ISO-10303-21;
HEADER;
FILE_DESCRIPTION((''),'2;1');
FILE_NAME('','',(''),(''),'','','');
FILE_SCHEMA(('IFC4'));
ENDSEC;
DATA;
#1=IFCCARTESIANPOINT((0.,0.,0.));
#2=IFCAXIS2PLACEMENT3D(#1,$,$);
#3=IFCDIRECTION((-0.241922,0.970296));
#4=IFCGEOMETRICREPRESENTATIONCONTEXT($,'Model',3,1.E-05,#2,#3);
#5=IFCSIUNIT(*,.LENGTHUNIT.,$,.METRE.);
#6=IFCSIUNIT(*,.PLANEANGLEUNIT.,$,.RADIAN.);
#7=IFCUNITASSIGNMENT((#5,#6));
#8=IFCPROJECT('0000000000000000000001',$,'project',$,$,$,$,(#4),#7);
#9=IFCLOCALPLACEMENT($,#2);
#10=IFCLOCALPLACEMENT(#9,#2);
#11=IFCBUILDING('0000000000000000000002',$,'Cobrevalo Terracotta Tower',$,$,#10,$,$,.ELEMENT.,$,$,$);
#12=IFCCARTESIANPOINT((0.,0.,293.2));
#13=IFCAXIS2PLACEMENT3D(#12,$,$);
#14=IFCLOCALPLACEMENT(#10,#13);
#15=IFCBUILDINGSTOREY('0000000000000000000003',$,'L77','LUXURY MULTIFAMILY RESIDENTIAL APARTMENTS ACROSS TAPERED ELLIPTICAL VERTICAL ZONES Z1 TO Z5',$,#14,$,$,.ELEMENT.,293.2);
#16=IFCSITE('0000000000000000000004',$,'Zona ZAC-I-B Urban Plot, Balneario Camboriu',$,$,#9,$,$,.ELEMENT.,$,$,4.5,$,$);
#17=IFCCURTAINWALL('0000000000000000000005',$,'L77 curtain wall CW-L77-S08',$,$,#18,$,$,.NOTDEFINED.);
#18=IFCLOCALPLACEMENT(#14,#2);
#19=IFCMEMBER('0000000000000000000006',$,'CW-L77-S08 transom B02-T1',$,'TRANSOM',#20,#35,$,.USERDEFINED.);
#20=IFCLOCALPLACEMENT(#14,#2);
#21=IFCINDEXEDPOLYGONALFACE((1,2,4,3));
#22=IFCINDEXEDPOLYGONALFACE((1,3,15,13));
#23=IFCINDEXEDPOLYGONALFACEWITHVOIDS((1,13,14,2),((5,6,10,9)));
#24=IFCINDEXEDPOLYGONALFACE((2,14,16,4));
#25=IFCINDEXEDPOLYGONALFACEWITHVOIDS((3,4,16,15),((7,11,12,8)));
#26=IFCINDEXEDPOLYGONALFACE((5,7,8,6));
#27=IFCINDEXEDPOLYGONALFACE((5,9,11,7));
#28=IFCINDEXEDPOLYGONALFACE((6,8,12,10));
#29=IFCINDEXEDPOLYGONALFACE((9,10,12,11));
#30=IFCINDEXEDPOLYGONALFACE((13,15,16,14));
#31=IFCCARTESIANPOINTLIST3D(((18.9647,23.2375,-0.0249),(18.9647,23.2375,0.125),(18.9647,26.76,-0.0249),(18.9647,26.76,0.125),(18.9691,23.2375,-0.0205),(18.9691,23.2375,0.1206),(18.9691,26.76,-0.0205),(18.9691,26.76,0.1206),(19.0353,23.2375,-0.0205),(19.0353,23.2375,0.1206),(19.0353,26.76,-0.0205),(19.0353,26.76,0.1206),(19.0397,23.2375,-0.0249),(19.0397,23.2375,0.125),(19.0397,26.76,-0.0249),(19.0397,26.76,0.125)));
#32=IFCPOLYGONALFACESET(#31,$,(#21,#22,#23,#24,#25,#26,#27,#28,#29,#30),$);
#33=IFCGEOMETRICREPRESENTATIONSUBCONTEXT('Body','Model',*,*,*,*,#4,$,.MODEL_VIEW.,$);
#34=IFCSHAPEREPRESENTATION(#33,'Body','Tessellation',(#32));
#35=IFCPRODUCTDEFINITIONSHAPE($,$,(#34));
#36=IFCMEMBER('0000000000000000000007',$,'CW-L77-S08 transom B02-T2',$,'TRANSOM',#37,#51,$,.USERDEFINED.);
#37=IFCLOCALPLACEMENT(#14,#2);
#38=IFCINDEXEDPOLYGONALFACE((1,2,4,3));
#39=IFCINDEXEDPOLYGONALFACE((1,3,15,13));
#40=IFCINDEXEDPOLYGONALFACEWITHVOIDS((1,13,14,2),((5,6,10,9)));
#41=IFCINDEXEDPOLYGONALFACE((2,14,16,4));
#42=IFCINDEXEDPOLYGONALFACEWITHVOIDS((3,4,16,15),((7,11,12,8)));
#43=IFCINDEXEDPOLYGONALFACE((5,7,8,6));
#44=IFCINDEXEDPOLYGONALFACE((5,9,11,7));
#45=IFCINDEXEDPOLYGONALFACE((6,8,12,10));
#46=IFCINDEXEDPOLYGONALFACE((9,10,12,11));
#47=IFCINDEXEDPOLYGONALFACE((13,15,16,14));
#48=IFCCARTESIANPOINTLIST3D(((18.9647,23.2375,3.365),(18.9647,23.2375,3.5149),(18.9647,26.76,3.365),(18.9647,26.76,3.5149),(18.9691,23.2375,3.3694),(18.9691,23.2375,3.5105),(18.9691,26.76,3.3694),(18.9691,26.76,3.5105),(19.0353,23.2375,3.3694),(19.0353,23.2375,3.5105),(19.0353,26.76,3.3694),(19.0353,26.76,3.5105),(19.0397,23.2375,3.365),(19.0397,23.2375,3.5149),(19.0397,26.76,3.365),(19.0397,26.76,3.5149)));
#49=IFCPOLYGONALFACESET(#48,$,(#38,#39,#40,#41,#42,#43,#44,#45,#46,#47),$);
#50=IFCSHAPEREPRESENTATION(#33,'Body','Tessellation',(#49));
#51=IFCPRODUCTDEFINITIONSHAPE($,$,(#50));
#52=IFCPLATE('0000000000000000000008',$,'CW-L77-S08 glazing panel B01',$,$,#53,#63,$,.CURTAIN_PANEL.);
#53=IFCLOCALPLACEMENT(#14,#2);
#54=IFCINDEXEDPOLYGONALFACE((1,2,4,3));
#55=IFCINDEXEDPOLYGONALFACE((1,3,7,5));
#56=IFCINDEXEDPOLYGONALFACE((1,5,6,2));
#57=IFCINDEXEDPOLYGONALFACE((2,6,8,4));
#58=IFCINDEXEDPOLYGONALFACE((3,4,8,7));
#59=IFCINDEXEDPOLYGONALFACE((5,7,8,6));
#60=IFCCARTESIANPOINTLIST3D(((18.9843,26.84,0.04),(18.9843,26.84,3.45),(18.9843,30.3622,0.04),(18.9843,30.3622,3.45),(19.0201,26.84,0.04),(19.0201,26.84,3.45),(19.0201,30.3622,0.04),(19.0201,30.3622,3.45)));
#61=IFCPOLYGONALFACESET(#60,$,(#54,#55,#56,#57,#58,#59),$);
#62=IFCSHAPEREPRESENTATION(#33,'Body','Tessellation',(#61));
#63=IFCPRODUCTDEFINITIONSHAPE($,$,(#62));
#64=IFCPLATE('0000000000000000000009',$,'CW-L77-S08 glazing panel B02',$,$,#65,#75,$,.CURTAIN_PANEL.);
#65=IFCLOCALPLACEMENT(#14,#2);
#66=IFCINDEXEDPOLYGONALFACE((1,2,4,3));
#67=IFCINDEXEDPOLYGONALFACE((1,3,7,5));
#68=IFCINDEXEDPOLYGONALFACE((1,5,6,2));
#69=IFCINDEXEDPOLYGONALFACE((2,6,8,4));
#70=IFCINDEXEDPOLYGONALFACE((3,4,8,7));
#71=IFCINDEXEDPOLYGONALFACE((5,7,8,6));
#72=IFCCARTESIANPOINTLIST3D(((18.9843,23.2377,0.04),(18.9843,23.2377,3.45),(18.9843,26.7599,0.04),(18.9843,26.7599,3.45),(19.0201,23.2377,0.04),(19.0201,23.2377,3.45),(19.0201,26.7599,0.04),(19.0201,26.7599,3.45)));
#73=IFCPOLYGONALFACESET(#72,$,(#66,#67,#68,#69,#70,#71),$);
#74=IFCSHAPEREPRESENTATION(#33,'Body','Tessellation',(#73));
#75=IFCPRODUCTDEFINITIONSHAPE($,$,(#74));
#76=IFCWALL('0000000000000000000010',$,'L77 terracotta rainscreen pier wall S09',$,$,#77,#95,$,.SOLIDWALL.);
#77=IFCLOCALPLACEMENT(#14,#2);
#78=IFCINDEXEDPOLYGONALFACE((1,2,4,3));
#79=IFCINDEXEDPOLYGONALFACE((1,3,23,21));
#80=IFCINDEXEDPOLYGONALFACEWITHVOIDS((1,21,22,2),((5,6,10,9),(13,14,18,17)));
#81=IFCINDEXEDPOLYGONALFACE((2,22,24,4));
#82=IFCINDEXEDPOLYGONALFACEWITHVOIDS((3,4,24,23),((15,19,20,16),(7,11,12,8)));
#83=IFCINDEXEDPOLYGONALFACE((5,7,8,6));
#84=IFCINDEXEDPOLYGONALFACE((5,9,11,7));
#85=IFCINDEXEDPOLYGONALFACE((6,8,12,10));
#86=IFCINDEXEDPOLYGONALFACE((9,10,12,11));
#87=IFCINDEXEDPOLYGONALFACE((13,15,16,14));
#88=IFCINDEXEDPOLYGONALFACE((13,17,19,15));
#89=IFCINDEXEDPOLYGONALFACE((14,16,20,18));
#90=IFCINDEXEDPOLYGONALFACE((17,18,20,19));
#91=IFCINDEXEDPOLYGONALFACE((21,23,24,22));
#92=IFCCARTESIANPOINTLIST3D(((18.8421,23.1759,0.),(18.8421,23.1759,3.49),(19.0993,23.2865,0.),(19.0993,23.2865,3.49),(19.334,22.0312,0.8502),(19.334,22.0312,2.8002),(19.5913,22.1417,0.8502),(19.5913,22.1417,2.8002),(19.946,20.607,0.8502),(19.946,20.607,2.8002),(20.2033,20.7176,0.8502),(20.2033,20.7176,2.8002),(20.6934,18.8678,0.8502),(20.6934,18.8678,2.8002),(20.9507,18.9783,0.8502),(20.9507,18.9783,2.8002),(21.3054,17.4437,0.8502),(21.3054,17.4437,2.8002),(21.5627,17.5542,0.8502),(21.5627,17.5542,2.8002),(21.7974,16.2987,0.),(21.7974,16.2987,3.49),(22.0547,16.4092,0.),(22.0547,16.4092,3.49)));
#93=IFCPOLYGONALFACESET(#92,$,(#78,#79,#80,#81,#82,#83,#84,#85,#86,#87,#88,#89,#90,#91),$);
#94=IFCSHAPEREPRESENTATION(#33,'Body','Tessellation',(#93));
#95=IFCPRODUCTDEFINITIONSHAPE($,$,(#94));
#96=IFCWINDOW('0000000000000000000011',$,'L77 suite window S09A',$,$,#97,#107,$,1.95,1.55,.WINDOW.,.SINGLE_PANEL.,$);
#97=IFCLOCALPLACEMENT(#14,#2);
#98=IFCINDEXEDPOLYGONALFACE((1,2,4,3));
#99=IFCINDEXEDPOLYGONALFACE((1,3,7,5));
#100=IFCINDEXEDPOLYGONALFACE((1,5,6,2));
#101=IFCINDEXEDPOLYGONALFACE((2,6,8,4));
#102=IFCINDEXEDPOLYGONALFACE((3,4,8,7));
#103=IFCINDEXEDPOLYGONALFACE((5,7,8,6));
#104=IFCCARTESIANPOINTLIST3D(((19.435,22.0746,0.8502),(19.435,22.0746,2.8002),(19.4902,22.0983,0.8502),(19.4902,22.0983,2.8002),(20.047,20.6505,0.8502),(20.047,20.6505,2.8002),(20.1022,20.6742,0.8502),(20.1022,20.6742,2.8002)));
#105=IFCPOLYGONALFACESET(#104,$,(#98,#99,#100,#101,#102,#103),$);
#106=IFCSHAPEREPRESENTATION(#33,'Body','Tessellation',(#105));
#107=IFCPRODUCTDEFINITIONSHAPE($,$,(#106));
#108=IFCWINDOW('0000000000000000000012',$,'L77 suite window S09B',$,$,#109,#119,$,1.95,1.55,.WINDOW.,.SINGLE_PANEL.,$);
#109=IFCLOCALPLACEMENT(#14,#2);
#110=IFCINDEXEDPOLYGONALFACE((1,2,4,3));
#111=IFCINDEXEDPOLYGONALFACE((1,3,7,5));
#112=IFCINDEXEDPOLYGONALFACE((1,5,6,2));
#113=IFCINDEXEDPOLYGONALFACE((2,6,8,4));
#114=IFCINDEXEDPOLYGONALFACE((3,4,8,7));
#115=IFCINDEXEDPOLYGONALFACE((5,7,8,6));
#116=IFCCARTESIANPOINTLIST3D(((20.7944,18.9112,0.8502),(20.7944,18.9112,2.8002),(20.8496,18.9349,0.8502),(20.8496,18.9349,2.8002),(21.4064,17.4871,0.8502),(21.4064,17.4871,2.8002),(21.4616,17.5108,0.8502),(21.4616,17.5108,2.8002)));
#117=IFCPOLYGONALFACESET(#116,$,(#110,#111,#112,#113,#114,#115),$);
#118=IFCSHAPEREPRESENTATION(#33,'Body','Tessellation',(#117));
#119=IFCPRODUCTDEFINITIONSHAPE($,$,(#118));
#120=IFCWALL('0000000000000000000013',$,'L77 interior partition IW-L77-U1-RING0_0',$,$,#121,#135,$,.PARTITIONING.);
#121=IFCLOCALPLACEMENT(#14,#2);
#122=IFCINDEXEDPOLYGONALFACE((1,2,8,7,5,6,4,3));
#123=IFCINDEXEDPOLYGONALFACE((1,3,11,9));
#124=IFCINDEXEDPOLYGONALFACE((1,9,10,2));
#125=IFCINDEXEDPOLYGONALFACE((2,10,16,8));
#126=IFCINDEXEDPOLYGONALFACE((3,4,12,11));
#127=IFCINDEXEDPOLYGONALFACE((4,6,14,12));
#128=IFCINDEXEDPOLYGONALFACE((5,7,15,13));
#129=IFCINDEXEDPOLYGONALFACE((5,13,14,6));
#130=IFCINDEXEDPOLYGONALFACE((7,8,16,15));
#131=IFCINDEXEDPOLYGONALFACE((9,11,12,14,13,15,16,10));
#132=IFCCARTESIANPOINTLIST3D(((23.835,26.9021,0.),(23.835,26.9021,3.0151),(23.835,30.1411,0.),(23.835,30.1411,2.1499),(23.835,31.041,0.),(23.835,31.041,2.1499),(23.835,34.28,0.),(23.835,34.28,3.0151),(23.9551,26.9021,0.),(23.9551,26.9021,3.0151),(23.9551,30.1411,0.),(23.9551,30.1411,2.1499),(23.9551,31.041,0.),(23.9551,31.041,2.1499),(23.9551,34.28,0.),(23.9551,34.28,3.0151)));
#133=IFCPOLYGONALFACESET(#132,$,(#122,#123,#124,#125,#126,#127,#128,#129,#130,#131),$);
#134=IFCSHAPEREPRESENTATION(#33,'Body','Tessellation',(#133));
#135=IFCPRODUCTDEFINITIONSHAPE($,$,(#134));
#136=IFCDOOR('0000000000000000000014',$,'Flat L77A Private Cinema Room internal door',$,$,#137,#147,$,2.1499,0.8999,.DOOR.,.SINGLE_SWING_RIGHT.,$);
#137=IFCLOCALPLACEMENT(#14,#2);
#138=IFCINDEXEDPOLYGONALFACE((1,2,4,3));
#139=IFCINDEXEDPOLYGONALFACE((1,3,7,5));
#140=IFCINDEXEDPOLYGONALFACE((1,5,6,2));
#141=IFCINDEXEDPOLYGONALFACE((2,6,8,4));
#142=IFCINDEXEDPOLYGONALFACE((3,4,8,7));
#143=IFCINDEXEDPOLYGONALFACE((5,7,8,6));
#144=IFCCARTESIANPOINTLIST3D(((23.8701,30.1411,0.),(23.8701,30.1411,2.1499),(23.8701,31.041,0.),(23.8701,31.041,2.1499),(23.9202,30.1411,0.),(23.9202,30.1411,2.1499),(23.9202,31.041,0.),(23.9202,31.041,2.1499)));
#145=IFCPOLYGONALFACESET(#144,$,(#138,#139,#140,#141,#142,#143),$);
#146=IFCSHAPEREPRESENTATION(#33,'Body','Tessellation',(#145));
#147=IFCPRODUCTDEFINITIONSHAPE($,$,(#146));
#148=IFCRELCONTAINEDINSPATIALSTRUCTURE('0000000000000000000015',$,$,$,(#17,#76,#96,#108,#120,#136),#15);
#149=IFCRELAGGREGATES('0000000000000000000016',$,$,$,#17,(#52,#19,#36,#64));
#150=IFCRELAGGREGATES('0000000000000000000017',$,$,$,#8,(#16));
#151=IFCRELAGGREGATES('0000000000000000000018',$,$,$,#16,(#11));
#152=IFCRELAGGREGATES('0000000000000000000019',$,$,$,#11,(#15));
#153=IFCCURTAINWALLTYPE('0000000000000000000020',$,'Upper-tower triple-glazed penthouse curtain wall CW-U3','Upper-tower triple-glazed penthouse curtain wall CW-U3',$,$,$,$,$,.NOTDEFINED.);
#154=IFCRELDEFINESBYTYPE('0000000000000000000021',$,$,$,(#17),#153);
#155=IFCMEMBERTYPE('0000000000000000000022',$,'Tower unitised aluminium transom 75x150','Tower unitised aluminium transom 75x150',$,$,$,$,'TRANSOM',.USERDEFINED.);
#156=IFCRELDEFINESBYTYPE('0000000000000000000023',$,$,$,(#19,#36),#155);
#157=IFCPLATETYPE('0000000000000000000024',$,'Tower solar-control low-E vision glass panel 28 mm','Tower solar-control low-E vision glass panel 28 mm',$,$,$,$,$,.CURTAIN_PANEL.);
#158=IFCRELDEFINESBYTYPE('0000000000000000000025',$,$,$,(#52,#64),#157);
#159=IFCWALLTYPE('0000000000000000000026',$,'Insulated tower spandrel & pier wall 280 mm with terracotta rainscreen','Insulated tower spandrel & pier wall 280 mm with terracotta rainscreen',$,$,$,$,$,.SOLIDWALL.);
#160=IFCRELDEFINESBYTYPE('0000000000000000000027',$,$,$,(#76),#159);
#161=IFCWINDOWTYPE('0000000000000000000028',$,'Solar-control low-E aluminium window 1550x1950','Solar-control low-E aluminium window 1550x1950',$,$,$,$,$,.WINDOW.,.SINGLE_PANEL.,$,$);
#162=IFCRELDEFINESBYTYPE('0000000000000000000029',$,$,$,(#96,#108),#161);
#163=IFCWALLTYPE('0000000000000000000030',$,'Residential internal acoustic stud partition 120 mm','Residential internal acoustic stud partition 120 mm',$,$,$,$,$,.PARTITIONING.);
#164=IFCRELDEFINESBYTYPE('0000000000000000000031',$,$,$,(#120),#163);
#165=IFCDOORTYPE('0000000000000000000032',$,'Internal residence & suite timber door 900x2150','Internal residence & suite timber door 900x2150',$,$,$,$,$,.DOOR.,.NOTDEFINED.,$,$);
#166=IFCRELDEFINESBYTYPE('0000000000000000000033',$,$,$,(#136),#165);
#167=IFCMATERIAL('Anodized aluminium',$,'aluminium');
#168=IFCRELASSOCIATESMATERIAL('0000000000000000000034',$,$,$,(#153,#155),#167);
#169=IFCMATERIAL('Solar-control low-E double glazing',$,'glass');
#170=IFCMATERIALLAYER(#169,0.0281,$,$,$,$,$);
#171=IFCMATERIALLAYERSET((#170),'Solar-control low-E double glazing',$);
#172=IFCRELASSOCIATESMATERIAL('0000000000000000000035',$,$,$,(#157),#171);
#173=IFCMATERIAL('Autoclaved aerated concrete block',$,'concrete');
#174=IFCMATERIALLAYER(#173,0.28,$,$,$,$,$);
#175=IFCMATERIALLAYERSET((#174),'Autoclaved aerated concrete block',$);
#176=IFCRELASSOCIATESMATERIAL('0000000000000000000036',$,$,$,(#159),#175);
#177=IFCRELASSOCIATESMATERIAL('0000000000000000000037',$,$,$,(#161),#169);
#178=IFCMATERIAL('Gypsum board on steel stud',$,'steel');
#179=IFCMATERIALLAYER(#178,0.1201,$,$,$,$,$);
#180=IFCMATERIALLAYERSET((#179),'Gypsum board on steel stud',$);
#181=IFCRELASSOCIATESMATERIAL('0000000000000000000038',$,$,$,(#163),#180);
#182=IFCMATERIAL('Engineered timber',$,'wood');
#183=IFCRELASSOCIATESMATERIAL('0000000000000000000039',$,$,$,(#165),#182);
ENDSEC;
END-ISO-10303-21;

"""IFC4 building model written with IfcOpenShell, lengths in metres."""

from ifc_helpers import new_model, si_unit, direction, frame, frame_2d, origin, origin_2d, place, context, subcontext, project, spatial, rectangle, hollow_rectangle, extrude, source, transform, mapped, material, layer, layer_set, material_profile, profile_set, type_object, element, fill, aggregate, save


model = new_model("IFC4")

# Units and contexts
model_context = context("Model", 3, precision=1e-05, world=origin(), true_north=direction((-0.241922, 0.970296)))
body_context = subcontext(model_context, "Body", "Model", "MODEL_VIEW")
ifc_project = project(units=[si_unit("LENGTHUNIT", "METRE"), si_unit("PLANEANGLEUNIT", "RADIAN")], contexts=[model_context])

# Site, building, storey
site_placement = place(None, origin())
site = spatial("IfcSite", under=ifc_project, at=site_placement, Name="Zona ZAC-I-B Urban Plot, Balneario Camboriu", CompositionType="ELEMENT", RefElevation=4.5)
building_placement = place(site_placement, origin())
building = spatial("IfcBuilding", under=site, at=building_placement, Name="Cobrevalo Terracotta Tower", CompositionType="ELEMENT")
storey_placement = place(building_placement, frame((0.0, 0.0, 293.2)))
storey = spatial("IfcBuildingStorey", under=building, at=storey_placement, Name="L77", Description="LUXURY MULTIFAMILY RESIDENTIAL APARTMENTS ACROSS TAPERED ELLIPTICAL VERTICAL ZONES Z1 TO Z5", CompositionType="ELEMENT", Elevation=293.2)

# Shared definitions
ifc_material_1 = material(Name="Anodized aluminium", Category="aluminium")
curtain_wall_type = type_object("IfcCurtainWallType", Name="Upper-tower triple-glazed penthouse curtain wall CW-U3", Description="Upper-tower triple-glazed penthouse curtain wall CW-U3", PredefinedType="NOTDEFINED", material=ifc_material_1)

# Curtain wall, members, plates
curtain_wall_1_placement = place(storey_placement, origin())
curtain_wall_1 = element("IfcCurtainWall", 1, at=curtain_wall_1_placement, inside=storey, type_object=curtain_wall_type, Name="L77 curtain wall CW-L77-S08", PredefinedType="NOTDEFINED")
ifc_material_profile_1 = material_profile(ifc_material_1, hollow_rectangle(XDim=0.075, YDim=0.1499, WallThickness=0.0044, at=origin_2d()), Name="CWT 75x150")
ifc_profile_set_1 = profile_set([ifc_material_profile_1], Name="Anodized aluminium")
member_type_1 = type_object("IfcMemberType", Name="Tower unitised aluminium transom 75x150", Description="Tower unitised aluminium transom 75x150", ElementType="TRANSOM", PredefinedType="USERDEFINED", material=ifc_profile_set_1)
shared_shape_1 = source(origin(), body_context, "Body", "SweptSolid", [
    extrude(hollow_rectangle(XDim=0.075, YDim=0.1499, WallThickness=0.0044, at=origin_2d()), origin(), (0.0, 0.0, 1.0), 3.5225),
])
member_1_placement = place(storey_placement, frame((19.0022, 26.76, 0.05), z_axis=(0.0, -1.0, 0.0), x_axis=(1.0, 0.0, 0.0)))
member_1 = element("IfcMember", 2, at=member_1_placement, type_object=member_type_1, Name="CW-L77-S08 transom B02-T1", ObjectType="TRANSOM", PredefinedType="USERDEFINED", context=body_context, shape_type="MappedRepresentation", body=[
    mapped(shared_shape_1, transform((0.0, 0.0, 0.0), scale=1.0)),
])
member_2_placement = place(storey_placement, frame((19.0022, 26.76, 3.4399), z_axis=(0.0, -1.0, 0.0), x_axis=(1.0, 0.0, 0.0)))
member_2 = element("IfcMember", 3, at=member_2_placement, type_object=member_type_1, Name="CW-L77-S08 transom B02-T2", ObjectType="TRANSOM", PredefinedType="USERDEFINED", context=body_context, shape_type="MappedRepresentation", body=[
    mapped(shared_shape_1, transform((0.0, 0.0, 0.0), scale=1.0)),
])
ifc_material_2 = material(Name="Solar-control low-E double glazing", Category="glass")
ifc_layer_1 = layer(ifc_material_2, 0.0281)
ifc_layer_set_1 = layer_set([ifc_layer_1], Name="Solar-control low-E double glazing")
plate_type = type_object("IfcPlateType", Name="Tower solar-control low-E vision glass panel 28 mm", Description="Tower solar-control low-E vision glass panel 28 mm", PredefinedType="CURTAIN_PANEL", material=ifc_layer_set_1)
shared_shape_2 = source(origin(), body_context, "Body", "SweptSolid", [
    extrude(rectangle(XDim=3.5222, YDim=0.0359, at=origin_2d()), origin(), (0.0, 0.0, 1.0), 3.4099),
])
plate_1_placement = place(storey_placement, frame((19.0022, 28.6011, 0.04), z_axis=(0.0, 0.0, 1.0), x_axis=(0.0, -1.0, 0.0)))
plate_1 = element("IfcPlate", 4, at=plate_1_placement, type_object=plate_type, Name="CW-L77-S08 glazing panel B01", PredefinedType="CURTAIN_PANEL", context=body_context, shape_type="MappedRepresentation", body=[
    mapped(shared_shape_2, transform((0.0, 0.0, 0.0), scale=1.0)),
])
plate_2_placement = place(storey_placement, frame((19.0022, 24.9988, 0.04), z_axis=(0.0, 0.0, 1.0), x_axis=(0.0, -1.0, 0.0)))
plate_2 = element("IfcPlate", 5, at=plate_2_placement, type_object=plate_type, Name="CW-L77-S08 glazing panel B02", PredefinedType="CURTAIN_PANEL", context=body_context, shape_type="MappedRepresentation", body=[
    mapped(shared_shape_2, transform((0.0, 0.0, 0.0), scale=1.0)),
])
aggregate(curtain_wall_1, [plate_1, member_1, member_2, plate_2])

# Wall, openings, windows
ifc_material_3 = material(Name="Autoclaved aerated concrete block", Category="concrete")
ifc_layer_2 = layer(ifc_material_3, 0.28)
ifc_layer_set_2 = layer_set([ifc_layer_2], Name="Autoclaved aerated concrete block")
wall_type_1 = type_object("IfcWallType", Name="Insulated tower spandrel & pier wall 280 mm with terracotta rainscreen", Description="Insulated tower spandrel & pier wall 280 mm with terracotta rainscreen", PredefinedType="SOLIDWALL", material=ifc_layer_set_2)
wall_1_placement = place(storey_placement, frame((18.9707, 23.2312, 0.0), z_axis=(0.0, 0.0, 1.0), x_axis=(0.394817, -0.91876, 0.0)))
wall_1 = element("IfcWall", 6, at=wall_1_placement, inside=storey, type_object=wall_type_1, Name="L77 terracotta rainscreen pier wall S09", PredefinedType="SOLIDWALL", context=body_context, shape_type="SweptSolid", body=[
    extrude(rectangle(XDim=7.4854, YDim=0.28, at=frame_2d((3.7427, 0.0))), origin(), (0.0, 0.0, 1.0), 3.49),
])
opening_1_placement = place(wall_1_placement, frame((1.2461, 0.0, 0.8501)))
opening_1 = element("IfcOpeningElement", 7, at=opening_1_placement, cuts=wall_1, PredefinedType="OPENING", context=body_context, shape_type="SweptSolid", body=[
    extrude(rectangle(XDim=1.55, YDim=1.95, at=frame_2d((0.7749, 0.9751))), frame((0.0, 0.1499, 0.0), z_axis=(0.0, -1.0, 0.0), x_axis=(1.0, 0.0, 0.0)), (0.0, 0.0, 1.0), 0.3),
])
opening_2_placement = place(wall_1_placement, frame((4.6892, 0.0, 0.8501)))
opening_2 = element("IfcOpeningElement", 8, at=opening_2_placement, cuts=wall_1, PredefinedType="OPENING", context=body_context, shape_type="SweptSolid", body=[
    extrude(rectangle(XDim=1.55, YDim=1.95, at=frame_2d((0.7749, 0.9751))), frame((0.0, 0.1499, 0.0), z_axis=(0.0, -1.0, 0.0), x_axis=(1.0, 0.0, 0.0)), (0.0, 0.0, 1.0), 0.3),
])
window_type = type_object("IfcWindowType", Name="Solar-control low-E aluminium window 1550x1950", Description="Solar-control low-E aluminium window 1550x1950", PartitioningType="SINGLE_PANEL", PredefinedType="WINDOW", material=ifc_material_2)
shared_shape_3 = source(origin(), body_context, "Body", "SweptSolid", [
    extrude(rectangle(XDim=1.55, YDim=1.95, at=frame_2d((0.7749, 0.9751))), frame((0.0, 0.03, 0.0), z_axis=(0.0, -1.0, 0.0), x_axis=(1.0, 0.0, 0.0)), (0.0, 0.0, 1.0), 0.0601),
])
window_1_placement = place(opening_1_placement, origin())
window_1 = element("IfcWindow", 9, at=window_1_placement, inside=storey, type_object=window_type, Name="L77 suite window S09A", OverallHeight=1.95, OverallWidth=1.55, PartitioningType="SINGLE_PANEL", PredefinedType="WINDOW", context=body_context, shape_type="MappedRepresentation", body=[
    mapped(shared_shape_3, transform((0.0, 0.0, 0.0), scale=1.0)),
])
fill(opening_1, window_1)
window_2_placement = place(opening_2_placement, origin())
window_2 = element("IfcWindow", 10, at=window_2_placement, inside=storey, type_object=window_type, Name="L77 suite window S09B", OverallHeight=1.95, OverallWidth=1.55, PartitioningType="SINGLE_PANEL", PredefinedType="WINDOW", context=body_context, shape_type="MappedRepresentation", body=[
    mapped(shared_shape_3, transform((0.0, 0.0, 0.0), scale=1.0)),
])
fill(opening_2, window_2)

# Wall, opening, door
ifc_material_4 = material(Name="Gypsum board on steel stud", Category="steel")
ifc_layer_3 = layer(ifc_material_4, 0.1201)
ifc_layer_set_3 = layer_set([ifc_layer_3], Name="Gypsum board on steel stud")
wall_type_2 = type_object("IfcWallType", Name="Residential internal acoustic stud partition 120 mm", Description="Residential internal acoustic stud partition 120 mm", PredefinedType="PARTITIONING", material=ifc_layer_set_3)
wall_2_placement = place(storey_placement, frame((23.895, 26.9021, 0.0), z_axis=(0.0, 0.0, 1.0), x_axis=(0.0, 1.0, 0.0)))
wall_2 = element("IfcWall", 11, at=wall_2_placement, inside=storey, type_object=wall_type_2, Name="L77 interior partition IW-L77-U1-RING0_0", PredefinedType="PARTITIONING", context=body_context, shape_type="SweptSolid", body=[
    extrude(rectangle(XDim=7.3779, YDim=0.1201, at=frame_2d((3.689, 0.0))), origin(), (0.0, 0.0, 1.0), 3.0151),
])
opening_3_placement = place(wall_2_placement, frame((3.239, 0.0, 0.0)))
opening_3 = element("IfcOpeningElement", 12, at=opening_3_placement, cuts=wall_2, PredefinedType="OPENING", context=body_context, shape_type="SweptSolid", body=[
    extrude(rectangle(XDim=0.8999, YDim=2.1499, at=frame_2d((0.45, 1.075))), frame((0.0, 0.0701, 0.0), z_axis=(0.0, -1.0, 0.0), x_axis=(1.0, 0.0, 0.0)), (0.0, 0.0, 1.0), 0.1401),
])
ifc_material_5 = material(Name="Engineered timber", Category="wood")
door_type = type_object("IfcDoorType", Name="Internal residence & suite timber door 900x2150", Description="Internal residence & suite timber door 900x2150", OperationType="NOTDEFINED", PredefinedType="DOOR", material=ifc_material_5)
shared_shape_4 = source(origin(), body_context, "Body", "SweptSolid", [
    extrude(rectangle(XDim=0.8999, YDim=2.1499, at=frame_2d((0.45, 1.075))), frame((0.0, 0.0249, 0.0), z_axis=(0.0, -1.0, 0.0), x_axis=(1.0, 0.0, 0.0)), (0.0, 0.0, 1.0), 0.05),
])
door_placement = place(opening_3_placement, origin())
door = element("IfcDoor", 13, at=door_placement, inside=storey, type_object=door_type, Name="Flat L77A Private Cinema Room internal door", OperationType="SINGLE_SWING_RIGHT", OverallHeight=2.1499, OverallWidth=0.8999, PredefinedType="DOOR", context=body_context, shape_type="MappedRepresentation", body=[
    mapped(shared_shape_4, transform((0.0, 0.0, 0.0), scale=1.0)),
])
fill(opening_3, door)

save(model, "model.ifc")
